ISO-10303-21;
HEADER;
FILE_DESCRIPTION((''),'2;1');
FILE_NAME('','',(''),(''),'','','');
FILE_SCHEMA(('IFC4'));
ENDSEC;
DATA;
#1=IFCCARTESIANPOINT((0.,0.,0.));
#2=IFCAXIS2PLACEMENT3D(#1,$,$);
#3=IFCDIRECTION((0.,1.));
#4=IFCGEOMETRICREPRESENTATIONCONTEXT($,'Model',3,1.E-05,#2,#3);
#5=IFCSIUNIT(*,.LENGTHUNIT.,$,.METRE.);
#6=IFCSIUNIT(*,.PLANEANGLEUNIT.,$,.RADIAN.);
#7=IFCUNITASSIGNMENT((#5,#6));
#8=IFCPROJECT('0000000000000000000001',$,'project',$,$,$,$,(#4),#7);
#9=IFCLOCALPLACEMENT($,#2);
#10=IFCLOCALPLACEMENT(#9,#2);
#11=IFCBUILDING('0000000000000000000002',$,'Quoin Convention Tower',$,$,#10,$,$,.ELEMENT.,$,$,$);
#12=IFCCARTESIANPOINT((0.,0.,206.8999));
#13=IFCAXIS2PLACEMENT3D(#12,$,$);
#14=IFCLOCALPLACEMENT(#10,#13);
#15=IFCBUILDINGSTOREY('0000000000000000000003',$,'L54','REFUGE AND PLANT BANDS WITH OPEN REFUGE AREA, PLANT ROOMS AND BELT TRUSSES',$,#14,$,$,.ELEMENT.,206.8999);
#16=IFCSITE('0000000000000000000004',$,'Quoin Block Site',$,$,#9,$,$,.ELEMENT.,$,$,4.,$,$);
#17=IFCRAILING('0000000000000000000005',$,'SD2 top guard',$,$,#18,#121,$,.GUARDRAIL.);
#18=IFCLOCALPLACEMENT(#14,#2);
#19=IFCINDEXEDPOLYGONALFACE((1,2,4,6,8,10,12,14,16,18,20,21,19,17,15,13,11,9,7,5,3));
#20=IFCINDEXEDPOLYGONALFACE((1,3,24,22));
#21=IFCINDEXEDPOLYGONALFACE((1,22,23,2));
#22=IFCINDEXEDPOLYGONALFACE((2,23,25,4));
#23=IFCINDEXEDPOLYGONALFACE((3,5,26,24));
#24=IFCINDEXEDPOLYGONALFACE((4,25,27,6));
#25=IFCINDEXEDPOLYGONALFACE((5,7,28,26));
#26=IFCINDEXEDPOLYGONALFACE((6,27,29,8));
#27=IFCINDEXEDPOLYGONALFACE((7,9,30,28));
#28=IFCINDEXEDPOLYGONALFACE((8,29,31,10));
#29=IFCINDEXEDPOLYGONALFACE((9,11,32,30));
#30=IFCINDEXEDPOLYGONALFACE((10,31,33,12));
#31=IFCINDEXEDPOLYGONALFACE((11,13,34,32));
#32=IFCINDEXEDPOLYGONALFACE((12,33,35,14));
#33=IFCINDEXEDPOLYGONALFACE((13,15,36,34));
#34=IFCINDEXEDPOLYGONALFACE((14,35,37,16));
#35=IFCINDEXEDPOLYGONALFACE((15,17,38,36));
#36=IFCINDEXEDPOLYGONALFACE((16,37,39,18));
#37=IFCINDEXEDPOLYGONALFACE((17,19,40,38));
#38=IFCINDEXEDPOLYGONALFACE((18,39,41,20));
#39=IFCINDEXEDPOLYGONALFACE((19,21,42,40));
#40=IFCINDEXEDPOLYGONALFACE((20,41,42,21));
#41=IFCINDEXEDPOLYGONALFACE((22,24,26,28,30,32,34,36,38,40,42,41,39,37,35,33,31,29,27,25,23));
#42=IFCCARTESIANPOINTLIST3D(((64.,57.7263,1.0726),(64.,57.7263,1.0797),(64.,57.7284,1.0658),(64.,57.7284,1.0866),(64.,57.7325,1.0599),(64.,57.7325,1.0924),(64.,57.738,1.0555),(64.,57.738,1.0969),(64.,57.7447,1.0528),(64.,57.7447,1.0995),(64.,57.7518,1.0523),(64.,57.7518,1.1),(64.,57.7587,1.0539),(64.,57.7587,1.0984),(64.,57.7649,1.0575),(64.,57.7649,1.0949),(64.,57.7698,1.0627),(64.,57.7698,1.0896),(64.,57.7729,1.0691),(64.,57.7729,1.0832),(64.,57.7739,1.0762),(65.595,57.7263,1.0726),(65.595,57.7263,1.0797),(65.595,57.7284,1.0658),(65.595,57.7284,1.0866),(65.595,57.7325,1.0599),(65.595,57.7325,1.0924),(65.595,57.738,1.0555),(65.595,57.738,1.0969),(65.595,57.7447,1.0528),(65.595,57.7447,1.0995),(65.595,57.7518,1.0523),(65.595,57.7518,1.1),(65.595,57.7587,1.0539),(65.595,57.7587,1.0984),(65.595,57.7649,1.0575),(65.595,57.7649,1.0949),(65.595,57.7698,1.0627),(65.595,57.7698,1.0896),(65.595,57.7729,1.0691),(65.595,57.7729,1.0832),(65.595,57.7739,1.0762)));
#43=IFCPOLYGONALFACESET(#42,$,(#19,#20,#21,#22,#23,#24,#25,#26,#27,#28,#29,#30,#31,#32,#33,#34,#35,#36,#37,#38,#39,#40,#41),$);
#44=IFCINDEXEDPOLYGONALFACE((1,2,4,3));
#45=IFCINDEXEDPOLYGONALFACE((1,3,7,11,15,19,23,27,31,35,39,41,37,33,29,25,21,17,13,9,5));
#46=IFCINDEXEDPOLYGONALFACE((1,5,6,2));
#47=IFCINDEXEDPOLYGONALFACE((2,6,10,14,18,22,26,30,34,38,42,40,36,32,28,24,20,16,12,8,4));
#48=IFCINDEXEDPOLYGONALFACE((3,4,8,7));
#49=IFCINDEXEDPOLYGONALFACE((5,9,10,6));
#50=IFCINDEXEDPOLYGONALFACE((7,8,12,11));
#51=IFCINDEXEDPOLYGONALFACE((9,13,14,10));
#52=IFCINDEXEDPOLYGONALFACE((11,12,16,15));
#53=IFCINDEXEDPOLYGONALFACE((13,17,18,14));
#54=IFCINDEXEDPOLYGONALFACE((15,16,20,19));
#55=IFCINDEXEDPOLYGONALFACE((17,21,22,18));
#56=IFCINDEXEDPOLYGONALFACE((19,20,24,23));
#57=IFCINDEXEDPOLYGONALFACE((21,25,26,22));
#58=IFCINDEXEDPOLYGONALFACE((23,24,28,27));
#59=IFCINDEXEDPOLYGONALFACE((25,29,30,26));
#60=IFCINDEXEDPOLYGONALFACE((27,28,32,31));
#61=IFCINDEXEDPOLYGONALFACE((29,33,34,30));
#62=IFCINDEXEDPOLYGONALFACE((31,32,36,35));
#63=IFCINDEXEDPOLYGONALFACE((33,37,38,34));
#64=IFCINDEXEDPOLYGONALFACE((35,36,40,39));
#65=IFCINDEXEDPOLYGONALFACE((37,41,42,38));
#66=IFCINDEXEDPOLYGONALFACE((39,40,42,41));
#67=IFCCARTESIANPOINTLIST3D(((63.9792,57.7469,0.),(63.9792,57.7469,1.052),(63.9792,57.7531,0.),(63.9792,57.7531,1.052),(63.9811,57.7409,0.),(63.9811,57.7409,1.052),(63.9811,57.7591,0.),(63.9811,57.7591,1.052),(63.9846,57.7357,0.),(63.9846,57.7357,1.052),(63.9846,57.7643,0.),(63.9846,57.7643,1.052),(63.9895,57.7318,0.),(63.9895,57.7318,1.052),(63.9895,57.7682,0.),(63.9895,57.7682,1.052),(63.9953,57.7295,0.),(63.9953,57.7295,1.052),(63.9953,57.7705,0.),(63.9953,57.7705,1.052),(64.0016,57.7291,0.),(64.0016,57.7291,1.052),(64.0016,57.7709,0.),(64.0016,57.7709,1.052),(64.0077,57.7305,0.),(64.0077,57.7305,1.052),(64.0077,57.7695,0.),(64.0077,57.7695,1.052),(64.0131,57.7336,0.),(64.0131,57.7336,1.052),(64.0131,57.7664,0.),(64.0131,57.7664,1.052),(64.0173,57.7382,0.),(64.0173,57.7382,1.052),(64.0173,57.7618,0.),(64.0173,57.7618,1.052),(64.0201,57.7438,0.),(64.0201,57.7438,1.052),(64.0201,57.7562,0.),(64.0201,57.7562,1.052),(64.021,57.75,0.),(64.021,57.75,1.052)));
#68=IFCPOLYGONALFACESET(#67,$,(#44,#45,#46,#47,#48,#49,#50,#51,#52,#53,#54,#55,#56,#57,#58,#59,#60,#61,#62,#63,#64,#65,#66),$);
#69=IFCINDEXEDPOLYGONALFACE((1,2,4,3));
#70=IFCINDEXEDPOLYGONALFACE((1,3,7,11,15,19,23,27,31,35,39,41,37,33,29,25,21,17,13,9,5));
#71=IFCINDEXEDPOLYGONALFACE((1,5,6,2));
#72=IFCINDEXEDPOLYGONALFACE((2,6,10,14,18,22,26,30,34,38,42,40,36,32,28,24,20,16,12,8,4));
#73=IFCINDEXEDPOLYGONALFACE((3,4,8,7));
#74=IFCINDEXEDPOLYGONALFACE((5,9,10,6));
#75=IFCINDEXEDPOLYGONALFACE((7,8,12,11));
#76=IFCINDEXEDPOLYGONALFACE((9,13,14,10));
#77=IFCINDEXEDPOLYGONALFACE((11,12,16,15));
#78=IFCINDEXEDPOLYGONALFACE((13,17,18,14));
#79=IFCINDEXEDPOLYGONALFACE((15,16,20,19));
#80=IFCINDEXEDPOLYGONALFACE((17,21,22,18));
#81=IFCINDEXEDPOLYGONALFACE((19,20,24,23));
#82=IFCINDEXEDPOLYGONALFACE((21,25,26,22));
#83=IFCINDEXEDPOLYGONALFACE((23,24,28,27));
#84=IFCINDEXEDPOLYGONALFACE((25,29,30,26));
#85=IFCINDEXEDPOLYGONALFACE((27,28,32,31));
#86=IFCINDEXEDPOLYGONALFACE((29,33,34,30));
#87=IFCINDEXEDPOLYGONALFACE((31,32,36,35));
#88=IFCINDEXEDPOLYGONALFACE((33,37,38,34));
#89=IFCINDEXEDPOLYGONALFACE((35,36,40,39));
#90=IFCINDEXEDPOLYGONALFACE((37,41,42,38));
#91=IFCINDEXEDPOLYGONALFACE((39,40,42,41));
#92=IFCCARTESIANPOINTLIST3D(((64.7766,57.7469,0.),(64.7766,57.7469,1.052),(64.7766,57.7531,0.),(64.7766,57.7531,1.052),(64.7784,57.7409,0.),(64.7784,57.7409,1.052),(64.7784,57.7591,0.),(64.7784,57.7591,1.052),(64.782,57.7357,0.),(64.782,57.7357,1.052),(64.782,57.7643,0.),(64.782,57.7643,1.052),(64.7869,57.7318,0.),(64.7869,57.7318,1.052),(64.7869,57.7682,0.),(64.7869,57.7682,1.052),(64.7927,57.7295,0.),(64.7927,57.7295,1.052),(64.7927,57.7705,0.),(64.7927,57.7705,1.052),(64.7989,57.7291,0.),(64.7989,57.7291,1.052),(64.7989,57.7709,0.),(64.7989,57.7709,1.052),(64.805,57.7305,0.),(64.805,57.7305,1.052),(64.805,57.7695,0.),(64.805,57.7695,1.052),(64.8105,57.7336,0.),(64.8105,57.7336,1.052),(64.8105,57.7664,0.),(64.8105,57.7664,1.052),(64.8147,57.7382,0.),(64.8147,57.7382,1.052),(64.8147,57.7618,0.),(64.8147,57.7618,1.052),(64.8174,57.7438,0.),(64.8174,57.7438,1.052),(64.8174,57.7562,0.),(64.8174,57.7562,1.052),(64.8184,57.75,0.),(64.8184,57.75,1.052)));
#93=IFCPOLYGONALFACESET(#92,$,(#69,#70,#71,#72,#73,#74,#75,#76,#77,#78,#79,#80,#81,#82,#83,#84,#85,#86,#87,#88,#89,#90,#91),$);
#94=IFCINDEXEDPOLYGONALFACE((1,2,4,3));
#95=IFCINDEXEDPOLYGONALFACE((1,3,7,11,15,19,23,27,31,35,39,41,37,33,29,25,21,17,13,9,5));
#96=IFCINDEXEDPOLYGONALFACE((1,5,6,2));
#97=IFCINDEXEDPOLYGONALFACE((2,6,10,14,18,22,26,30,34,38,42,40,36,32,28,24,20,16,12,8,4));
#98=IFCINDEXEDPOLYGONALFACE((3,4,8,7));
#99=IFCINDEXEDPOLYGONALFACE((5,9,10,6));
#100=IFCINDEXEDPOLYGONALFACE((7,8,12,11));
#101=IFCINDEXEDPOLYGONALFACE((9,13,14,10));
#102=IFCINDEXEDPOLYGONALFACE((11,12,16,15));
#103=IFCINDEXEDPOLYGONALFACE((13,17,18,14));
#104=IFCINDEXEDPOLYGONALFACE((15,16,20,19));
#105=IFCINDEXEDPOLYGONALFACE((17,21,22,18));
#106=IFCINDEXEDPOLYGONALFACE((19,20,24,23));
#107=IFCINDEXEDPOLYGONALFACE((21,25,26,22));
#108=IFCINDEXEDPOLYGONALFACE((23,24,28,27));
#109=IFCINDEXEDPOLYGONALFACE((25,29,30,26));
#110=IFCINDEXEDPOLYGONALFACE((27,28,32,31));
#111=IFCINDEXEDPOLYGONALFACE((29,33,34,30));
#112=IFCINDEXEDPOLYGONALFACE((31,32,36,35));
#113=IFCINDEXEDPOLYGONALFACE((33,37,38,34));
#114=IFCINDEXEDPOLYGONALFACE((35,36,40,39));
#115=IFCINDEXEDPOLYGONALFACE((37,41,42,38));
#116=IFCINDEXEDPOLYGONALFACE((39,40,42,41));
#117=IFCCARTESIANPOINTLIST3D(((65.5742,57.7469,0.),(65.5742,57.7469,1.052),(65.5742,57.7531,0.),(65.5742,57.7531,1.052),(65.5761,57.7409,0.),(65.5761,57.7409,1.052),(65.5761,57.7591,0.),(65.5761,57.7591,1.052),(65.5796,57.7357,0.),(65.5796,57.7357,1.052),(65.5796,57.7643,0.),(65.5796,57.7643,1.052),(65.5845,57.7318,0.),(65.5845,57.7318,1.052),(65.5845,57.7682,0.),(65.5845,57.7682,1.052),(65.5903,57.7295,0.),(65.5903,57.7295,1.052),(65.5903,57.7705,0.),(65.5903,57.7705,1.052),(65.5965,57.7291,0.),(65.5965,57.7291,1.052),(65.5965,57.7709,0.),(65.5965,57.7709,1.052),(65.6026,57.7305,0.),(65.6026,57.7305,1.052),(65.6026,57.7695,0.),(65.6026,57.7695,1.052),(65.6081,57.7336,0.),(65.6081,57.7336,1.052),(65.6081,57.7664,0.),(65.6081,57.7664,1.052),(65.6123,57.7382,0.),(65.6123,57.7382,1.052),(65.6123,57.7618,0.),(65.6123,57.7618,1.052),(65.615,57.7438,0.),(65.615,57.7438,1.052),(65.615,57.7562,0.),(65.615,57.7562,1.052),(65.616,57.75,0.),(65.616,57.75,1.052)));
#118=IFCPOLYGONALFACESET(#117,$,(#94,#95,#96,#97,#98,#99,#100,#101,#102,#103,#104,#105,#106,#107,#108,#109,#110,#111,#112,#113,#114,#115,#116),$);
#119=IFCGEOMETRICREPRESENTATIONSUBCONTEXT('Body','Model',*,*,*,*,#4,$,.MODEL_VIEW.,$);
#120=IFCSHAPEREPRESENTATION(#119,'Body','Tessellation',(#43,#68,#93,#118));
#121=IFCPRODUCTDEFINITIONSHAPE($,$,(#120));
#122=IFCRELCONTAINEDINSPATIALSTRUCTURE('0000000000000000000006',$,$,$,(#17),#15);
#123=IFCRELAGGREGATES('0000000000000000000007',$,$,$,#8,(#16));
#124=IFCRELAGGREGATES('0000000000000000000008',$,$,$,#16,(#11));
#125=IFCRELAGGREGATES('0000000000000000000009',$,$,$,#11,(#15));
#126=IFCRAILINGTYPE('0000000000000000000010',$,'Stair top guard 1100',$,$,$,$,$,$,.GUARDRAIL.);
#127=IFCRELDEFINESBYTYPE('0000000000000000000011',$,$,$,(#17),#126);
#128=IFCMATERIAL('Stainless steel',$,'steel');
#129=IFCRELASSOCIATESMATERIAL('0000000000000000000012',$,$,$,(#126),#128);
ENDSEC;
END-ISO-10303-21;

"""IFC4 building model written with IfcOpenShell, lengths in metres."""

from ifc_helpers import new_model, si_unit, direction, frame, origin, origin_2d, place, context, subcontext, project, spatial, circle, extrude, material, type_object, element, save


model = new_model("IFC4")

# Units and contexts
model_context = context("Model", 3, precision=1e-05, world=origin(), true_north=direction((0.0, 1.0)))
body_context = subcontext(model_context, "Body", "Model", "MODEL_VIEW")
ifc_project = project(units=[si_unit("LENGTHUNIT", "METRE"), si_unit("PLANEANGLEUNIT", "RADIAN")], contexts=[model_context])

# Site, building, storey
site_placement = place(None, origin())
site = spatial("IfcSite", under=ifc_project, at=site_placement, Name="Quoin Block Site", CompositionType="ELEMENT", RefElevation=4.0)
building_placement = place(site_placement, origin())
building = spatial("IfcBuilding", under=site, at=building_placement, Name="Quoin Convention Tower", CompositionType="ELEMENT")
storey_placement = place(building_placement, frame((0.0, 0.0, 206.8999)))
storey = spatial("IfcBuildingStorey", under=building, at=storey_placement, Name="L54", Description="REFUGE AND PLANT BANDS WITH OPEN REFUGE AREA, PLANT ROOMS AND BELT TRUSSES", CompositionType="ELEMENT", Elevation=206.8999)

# Railing
ifc_material_1 = material(Name="Stainless steel", Category="steel")
railing_type_1 = type_object("IfcRailingType", Name="Stair top guard 1100", PredefinedType="GUARDRAIL", material=ifc_material_1)
railing_1_placement = place(storey_placement, frame((64.0, 57.75, 0.0)))
element("IfcRailing", 1, at=railing_1_placement, inside=storey, type_object=railing_type_1, Name="SD2 top guard", PredefinedType="GUARDRAIL", context=body_context, shape_type="SweptSolid", body=[
    extrude(circle(Radius=0.0239, at=origin_2d()), frame((0.0, 0.0, 1.0762), z_axis=(1.0, 0.0, 0.0), x_axis=(0.0, 1.0, 0.0)), (0.0, 0.0, 1.0), 1.595),
    extrude(circle(Radius=0.021, at=origin_2d()), origin(), (0.0, 0.0, 1.0), 1.052),
    extrude(circle(Radius=0.021, at=origin_2d()), frame((0.7974, 0.0, 0.0)), (0.0, 0.0, 1.0), 1.052),
    extrude(circle(Radius=0.021, at=origin_2d()), frame((1.595, 0.0, 0.0)), (0.0, 0.0, 1.0), 1.052),
])

save(model, "model.ifc")
